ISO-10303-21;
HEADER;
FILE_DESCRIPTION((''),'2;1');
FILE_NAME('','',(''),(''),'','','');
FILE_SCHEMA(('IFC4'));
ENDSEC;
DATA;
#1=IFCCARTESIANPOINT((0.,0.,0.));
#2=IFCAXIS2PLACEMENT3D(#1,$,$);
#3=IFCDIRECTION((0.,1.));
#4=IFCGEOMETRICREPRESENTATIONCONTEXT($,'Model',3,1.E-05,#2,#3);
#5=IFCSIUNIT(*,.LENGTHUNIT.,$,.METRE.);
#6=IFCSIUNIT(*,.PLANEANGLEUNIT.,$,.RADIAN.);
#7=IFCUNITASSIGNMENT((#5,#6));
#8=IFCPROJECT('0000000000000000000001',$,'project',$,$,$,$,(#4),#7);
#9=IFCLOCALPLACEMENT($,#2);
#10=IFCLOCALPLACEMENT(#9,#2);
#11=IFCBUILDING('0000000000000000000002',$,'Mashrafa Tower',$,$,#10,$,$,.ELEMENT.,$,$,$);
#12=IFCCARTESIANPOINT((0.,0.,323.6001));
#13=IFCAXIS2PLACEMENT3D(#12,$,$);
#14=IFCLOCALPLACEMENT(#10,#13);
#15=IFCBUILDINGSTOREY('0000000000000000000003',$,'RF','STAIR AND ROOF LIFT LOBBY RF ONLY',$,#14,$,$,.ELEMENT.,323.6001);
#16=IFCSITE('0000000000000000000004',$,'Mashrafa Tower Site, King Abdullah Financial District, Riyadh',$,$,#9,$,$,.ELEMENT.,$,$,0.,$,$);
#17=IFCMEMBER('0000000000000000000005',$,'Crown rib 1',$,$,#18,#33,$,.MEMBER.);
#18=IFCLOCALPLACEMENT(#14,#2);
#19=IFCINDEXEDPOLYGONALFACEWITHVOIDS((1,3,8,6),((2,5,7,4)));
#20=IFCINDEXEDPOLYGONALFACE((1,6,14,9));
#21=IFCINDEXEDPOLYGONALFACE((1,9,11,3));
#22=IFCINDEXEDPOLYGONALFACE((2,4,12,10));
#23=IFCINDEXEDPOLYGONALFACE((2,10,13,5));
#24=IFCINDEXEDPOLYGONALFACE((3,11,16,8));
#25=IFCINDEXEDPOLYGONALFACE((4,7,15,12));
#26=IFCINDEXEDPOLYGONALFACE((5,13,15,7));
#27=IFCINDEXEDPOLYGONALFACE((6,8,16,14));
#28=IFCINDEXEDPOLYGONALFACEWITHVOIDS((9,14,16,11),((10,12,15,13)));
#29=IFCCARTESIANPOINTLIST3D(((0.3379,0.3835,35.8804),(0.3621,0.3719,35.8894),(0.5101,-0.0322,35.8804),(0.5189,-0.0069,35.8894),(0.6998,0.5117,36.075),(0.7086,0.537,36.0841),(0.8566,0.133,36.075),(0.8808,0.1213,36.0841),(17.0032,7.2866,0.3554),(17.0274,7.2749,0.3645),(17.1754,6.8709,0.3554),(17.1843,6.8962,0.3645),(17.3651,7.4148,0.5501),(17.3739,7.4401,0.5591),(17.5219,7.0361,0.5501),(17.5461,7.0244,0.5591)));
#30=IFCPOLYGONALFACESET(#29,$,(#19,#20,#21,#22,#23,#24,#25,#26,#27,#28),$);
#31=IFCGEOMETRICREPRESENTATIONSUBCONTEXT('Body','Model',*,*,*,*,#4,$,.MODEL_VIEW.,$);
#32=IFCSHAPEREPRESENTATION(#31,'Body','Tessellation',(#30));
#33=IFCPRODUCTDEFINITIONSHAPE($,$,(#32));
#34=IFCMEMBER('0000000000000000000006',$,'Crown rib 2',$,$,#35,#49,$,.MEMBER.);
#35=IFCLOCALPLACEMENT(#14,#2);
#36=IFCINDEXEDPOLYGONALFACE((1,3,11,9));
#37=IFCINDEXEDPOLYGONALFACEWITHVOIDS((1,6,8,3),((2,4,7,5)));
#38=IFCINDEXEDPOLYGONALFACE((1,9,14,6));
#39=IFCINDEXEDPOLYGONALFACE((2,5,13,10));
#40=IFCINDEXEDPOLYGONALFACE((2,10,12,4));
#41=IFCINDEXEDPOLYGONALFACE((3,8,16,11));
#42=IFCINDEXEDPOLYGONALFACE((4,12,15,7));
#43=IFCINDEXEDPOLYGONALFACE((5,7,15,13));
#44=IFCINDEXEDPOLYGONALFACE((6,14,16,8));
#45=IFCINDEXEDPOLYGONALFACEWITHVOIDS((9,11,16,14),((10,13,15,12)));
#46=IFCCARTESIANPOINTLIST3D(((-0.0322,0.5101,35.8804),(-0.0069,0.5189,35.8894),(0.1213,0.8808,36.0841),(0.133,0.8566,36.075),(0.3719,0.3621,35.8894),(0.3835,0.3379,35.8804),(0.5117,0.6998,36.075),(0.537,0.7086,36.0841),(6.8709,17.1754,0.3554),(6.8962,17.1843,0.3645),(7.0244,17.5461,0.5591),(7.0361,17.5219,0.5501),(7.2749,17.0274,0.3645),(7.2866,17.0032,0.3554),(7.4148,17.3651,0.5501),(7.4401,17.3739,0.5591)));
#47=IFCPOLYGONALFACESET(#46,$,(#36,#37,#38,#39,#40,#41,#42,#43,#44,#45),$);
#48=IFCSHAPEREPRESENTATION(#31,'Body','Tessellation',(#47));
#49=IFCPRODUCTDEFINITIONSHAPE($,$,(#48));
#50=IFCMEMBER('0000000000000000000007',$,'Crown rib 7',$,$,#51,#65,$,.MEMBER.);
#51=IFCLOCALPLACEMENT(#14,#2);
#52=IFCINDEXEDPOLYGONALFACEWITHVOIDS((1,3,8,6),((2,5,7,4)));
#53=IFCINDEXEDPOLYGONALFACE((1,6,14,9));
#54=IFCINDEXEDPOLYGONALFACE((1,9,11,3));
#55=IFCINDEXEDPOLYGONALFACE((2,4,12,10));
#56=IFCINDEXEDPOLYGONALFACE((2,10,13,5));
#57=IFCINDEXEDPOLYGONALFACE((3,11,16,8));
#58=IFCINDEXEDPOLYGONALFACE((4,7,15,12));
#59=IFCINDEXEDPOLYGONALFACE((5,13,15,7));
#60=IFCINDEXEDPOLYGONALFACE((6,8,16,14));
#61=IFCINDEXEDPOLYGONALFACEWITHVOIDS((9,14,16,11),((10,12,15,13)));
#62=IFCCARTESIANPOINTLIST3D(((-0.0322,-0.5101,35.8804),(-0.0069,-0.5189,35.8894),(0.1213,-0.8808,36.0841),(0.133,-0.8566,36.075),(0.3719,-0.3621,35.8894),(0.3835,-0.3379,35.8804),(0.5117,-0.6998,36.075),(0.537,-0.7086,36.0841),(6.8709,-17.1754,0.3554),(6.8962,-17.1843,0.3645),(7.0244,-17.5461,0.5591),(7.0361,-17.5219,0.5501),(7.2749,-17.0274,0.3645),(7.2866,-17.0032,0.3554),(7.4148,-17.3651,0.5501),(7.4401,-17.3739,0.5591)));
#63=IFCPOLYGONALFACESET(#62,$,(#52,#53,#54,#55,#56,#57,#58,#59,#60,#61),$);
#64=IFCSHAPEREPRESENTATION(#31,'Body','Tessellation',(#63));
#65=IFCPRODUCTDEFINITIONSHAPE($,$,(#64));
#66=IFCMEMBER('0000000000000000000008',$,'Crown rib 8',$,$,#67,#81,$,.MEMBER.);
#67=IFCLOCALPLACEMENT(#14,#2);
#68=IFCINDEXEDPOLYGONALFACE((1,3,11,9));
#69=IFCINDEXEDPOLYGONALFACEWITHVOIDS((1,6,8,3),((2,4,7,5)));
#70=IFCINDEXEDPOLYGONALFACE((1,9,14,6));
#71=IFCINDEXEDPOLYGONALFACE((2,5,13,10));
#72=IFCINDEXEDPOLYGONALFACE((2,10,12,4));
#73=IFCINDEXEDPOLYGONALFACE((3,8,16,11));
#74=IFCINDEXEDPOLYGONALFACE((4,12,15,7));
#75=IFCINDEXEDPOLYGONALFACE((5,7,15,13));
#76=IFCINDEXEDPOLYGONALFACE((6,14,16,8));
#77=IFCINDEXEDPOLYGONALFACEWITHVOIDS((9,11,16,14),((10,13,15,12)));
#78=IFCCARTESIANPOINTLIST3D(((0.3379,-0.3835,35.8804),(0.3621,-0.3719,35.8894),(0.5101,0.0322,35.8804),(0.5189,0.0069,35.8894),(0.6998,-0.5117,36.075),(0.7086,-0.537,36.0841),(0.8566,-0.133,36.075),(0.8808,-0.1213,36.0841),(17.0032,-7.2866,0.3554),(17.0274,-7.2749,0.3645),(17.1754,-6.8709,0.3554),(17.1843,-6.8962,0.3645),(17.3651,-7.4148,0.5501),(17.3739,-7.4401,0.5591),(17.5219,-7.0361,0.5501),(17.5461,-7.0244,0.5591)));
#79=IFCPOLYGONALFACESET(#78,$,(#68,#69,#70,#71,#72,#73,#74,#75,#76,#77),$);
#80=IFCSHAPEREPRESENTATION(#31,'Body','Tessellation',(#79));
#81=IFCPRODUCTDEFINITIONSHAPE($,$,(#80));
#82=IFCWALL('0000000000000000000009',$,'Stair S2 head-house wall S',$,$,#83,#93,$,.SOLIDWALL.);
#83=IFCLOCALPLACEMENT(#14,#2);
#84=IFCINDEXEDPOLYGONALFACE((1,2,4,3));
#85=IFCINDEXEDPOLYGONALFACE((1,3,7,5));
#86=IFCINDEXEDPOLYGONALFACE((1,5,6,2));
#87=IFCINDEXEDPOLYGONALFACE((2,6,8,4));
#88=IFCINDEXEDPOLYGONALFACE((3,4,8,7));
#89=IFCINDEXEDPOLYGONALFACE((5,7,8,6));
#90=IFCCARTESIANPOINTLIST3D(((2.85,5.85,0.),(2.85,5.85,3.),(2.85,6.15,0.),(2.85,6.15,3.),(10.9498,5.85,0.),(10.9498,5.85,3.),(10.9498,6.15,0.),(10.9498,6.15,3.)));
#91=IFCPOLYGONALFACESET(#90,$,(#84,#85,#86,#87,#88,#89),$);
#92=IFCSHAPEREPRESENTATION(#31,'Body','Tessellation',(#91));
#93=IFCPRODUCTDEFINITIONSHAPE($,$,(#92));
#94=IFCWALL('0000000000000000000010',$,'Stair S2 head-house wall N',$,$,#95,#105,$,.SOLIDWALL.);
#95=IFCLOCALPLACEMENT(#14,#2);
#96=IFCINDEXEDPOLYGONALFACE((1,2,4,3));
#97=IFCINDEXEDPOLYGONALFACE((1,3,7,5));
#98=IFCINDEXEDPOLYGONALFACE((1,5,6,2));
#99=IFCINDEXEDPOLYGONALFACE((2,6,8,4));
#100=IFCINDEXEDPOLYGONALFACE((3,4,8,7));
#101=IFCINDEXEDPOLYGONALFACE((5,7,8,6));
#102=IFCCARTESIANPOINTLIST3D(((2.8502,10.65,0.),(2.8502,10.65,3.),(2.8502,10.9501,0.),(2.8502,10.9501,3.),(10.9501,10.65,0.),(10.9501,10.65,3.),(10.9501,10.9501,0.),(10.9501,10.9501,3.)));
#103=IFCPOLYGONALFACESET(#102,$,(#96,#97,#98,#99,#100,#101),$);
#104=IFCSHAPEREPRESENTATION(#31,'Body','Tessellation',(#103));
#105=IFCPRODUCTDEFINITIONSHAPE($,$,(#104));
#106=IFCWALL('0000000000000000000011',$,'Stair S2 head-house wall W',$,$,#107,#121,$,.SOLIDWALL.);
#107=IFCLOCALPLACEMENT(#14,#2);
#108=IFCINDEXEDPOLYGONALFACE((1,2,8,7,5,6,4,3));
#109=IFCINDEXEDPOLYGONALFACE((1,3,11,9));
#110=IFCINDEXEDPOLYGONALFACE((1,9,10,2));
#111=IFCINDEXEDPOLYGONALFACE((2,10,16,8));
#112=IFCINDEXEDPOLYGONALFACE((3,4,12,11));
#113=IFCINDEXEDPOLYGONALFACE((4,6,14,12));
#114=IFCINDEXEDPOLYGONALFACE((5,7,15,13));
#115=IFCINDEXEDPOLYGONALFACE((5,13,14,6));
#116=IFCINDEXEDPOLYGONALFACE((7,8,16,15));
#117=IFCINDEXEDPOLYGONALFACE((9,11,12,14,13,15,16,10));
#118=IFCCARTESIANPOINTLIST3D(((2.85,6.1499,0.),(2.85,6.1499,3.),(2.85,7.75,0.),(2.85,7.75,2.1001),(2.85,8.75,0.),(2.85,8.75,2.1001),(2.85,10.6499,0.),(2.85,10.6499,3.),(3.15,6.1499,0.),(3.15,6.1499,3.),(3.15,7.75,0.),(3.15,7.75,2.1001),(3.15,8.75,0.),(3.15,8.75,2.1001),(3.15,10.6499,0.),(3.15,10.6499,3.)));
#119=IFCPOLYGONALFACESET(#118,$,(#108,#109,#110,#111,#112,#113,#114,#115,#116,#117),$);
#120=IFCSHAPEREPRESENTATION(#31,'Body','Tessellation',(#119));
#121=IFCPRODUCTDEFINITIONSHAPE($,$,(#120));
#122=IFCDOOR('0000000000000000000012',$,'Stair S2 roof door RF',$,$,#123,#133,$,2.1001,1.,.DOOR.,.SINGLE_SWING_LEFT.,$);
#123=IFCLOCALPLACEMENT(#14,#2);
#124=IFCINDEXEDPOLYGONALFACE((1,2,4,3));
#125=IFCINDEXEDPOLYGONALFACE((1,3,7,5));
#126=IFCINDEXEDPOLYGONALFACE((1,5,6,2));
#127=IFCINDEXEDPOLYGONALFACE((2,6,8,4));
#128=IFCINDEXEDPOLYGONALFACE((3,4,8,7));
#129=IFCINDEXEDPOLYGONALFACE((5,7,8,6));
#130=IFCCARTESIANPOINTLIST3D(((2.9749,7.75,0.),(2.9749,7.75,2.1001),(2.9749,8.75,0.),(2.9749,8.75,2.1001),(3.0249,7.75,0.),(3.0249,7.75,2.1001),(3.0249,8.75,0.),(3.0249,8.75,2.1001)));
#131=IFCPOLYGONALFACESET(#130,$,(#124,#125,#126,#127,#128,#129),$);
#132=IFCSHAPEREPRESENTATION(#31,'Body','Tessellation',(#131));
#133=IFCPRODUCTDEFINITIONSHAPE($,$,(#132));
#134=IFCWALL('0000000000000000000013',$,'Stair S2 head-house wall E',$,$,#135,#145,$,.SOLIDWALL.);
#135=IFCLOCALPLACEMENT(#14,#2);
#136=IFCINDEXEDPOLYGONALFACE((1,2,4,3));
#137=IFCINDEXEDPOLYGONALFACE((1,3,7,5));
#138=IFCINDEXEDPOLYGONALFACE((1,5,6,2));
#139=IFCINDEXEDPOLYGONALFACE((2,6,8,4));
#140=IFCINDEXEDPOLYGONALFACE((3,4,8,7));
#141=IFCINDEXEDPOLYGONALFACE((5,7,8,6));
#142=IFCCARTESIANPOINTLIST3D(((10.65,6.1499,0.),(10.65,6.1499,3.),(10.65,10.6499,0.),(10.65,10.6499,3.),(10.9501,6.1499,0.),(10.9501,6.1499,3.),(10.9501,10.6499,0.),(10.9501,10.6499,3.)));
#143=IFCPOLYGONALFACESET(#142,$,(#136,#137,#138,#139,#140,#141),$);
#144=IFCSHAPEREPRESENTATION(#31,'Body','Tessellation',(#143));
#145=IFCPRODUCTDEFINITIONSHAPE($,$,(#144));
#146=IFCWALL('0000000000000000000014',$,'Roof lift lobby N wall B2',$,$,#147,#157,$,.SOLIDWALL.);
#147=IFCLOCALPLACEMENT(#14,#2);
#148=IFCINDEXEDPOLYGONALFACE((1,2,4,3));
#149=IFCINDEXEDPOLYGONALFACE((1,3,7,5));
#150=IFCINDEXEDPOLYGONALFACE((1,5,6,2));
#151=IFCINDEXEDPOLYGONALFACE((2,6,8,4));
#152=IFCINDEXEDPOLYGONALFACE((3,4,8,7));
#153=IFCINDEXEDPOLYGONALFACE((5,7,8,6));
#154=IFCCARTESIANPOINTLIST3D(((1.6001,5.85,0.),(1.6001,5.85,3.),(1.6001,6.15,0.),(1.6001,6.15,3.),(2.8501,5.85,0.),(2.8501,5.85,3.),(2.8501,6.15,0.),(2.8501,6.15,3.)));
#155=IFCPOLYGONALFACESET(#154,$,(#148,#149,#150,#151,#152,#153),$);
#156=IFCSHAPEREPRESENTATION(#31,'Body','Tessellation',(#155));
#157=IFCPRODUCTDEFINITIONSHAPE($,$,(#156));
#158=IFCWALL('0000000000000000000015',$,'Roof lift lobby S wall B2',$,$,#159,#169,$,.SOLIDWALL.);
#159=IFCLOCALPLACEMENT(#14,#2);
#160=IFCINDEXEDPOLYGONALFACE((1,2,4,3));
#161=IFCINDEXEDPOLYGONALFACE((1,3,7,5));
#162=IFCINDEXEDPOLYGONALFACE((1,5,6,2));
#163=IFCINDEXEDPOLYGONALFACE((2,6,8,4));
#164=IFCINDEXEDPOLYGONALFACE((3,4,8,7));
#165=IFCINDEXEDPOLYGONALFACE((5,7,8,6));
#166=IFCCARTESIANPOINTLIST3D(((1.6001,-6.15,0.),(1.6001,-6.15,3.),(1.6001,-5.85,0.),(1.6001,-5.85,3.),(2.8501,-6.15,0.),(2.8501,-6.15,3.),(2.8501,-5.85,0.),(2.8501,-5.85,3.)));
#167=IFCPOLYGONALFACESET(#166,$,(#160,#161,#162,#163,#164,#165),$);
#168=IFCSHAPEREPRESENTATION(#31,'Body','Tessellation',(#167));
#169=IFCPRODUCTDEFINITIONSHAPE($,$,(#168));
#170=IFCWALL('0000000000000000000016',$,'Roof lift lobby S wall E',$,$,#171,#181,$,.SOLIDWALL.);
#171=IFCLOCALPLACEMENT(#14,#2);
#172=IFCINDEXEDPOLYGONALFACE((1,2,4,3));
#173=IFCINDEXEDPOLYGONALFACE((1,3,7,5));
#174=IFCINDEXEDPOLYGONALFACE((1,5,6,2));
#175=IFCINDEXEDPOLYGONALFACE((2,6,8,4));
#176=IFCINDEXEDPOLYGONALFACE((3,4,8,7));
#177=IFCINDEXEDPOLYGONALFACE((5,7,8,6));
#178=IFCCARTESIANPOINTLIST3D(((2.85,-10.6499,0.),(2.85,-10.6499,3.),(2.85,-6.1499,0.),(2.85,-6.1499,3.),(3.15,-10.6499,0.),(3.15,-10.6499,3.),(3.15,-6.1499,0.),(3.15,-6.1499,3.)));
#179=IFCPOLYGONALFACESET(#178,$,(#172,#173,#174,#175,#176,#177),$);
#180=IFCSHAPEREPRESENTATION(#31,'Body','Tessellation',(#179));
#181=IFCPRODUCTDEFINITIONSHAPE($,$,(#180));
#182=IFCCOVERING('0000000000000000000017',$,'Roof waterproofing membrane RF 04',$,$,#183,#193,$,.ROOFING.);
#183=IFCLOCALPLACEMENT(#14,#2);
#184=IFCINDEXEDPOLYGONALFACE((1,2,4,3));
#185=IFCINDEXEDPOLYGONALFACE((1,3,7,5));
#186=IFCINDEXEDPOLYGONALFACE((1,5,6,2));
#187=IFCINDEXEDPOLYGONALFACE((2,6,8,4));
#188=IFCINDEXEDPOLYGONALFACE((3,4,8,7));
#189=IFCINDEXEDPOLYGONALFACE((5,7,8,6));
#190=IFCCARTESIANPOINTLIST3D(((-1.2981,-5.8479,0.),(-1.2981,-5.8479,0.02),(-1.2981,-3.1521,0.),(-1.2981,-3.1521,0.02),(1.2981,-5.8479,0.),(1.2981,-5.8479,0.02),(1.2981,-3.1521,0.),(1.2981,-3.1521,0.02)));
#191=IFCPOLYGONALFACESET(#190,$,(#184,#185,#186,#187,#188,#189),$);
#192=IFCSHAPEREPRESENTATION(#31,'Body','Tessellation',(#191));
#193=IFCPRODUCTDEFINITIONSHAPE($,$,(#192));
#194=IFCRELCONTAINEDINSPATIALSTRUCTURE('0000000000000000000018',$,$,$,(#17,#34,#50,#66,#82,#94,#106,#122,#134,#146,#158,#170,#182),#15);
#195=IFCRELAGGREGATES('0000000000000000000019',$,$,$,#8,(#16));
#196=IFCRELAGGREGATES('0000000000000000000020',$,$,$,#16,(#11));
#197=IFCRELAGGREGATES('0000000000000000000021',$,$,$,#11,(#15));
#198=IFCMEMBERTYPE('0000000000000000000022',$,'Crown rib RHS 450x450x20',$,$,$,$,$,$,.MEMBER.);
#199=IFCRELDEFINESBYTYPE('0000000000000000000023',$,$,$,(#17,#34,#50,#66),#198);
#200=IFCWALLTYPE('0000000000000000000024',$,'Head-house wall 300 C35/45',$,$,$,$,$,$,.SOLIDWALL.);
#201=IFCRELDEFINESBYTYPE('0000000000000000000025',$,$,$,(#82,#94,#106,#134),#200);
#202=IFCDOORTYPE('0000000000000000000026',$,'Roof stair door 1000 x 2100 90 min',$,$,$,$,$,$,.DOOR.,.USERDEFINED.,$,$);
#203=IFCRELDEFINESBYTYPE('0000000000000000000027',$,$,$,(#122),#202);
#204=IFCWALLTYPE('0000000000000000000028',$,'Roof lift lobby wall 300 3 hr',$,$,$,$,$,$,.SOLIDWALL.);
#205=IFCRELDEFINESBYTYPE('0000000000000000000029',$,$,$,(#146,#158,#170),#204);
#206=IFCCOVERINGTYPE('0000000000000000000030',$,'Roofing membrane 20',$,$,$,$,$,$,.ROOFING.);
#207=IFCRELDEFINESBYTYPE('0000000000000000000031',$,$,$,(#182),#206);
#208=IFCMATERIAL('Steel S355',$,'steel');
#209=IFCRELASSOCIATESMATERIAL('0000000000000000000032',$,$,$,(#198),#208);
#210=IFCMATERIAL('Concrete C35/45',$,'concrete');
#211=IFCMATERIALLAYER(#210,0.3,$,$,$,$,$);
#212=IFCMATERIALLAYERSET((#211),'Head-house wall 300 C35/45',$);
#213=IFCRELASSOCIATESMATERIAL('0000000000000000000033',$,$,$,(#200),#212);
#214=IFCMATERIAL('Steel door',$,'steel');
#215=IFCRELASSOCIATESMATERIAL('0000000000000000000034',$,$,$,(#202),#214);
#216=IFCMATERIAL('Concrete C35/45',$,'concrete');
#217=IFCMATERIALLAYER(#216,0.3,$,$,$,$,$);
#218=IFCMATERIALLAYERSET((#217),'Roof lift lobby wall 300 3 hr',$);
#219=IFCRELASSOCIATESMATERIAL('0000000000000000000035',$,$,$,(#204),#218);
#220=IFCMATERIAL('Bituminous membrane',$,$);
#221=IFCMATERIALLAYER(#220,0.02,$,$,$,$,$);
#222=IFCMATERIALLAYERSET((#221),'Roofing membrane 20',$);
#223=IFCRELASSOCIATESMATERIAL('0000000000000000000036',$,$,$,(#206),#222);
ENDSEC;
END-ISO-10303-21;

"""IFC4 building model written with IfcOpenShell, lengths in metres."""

from ifc_helpers import new_model, si_unit, direction, frame, frame_2d, origin, origin_2d, place, context, subcontext, project, spatial, polyline, rectangle, hollow_rectangle, outline, extrude, source, transform, mapped, material, layer, layer_set, material_profile, profile_set, type_object, type_shapes, element, fill, save


model = new_model("IFC4")

# Units and contexts
model_context = context("Model", 3, precision=1e-05, world=origin(), true_north=direction((0.0, 1.0)))
body_context = subcontext(model_context, "Body", "Model", "MODEL_VIEW")
ifc_project = project(units=[si_unit("LENGTHUNIT", "METRE"), si_unit("PLANEANGLEUNIT", "RADIAN")], contexts=[model_context])

# Site, building, storey
site_placement = place(None, origin())
site = spatial("IfcSite", under=ifc_project, at=site_placement, Name="Mashrafa Tower Site, King Abdullah Financial District, Riyadh", CompositionType="ELEMENT", RefElevation=0.0)
building_placement = place(site_placement, origin())
building = spatial("IfcBuilding", under=site, at=building_placement, Name="Mashrafa Tower", CompositionType="ELEMENT")
storey_placement = place(building_placement, frame((0.0, 0.0, 323.6001)))
storey = spatial("IfcBuildingStorey", under=building, at=storey_placement, Name="RF", Description="STAIR AND ROOF LIFT LOBBY RF ONLY", CompositionType="ELEMENT", Elevation=323.6001)

# Members
ifc_material_1 = material(Name="Steel S355", Category="steel")
ifc_material_profile_1 = material_profile(ifc_material_1, hollow_rectangle(XDim=0.45, YDim=0.45, WallThickness=0.02, at=origin_2d()), Name="RHS 450x450x20")
ifc_profile_set_1 = profile_set([ifc_material_profile_1], Name="Steel S355")
member_type = type_object("IfcMemberType", Name="Crown rib RHS 450x450x20", PredefinedType="MEMBER", material=ifc_profile_set_1)
shared_shape_1 = source(origin(), body_context, "Body", "SweptSolid", [
    extrude(hollow_rectangle(XDim=0.45, YDim=0.45, WallThickness=0.02, at=origin_2d()), origin(), (0.0, 0.0, 1.0), 39.8423),
])
type_shapes(member_type, [shared_shape_1])
for number, where, z_axis, x_axis, name in (
    (1, (17.2747, 7.1555, 0.4573), (-0.418282, -0.17326, 0.89164), (0.382688, -0.923878, 0.0), "Crown rib 1"),
    (2, (7.1555, 17.2747, 0.4573), (-0.17326, -0.418282, 0.89164), (0.923878, -0.382688, 0.0), "Crown rib 2"),
    (3, (7.1555, -17.2747, 0.4573), (-0.17326, 0.418282, 0.89164), (-0.923878, -0.382688, 0.0), "Crown rib 7"),
    (4, (17.2747, -7.1555, 0.4573), (-0.418282, 0.17326, 0.89164), (-0.382688, -0.923878, 0.0), "Crown rib 8"),
):
    element("IfcMember", number, at=place(storey_placement, frame(where, z_axis=z_axis, x_axis=x_axis)), inside=storey, type_object=member_type, Name=name, PredefinedType="MEMBER", context=body_context, shape_type="MappedRepresentation", body=[
        mapped(shared_shape_1, transform((0.0, 0.0, 0.0))),
    ])

# Walls
ifc_material_2 = material(Name="Concrete C35/45", Category="concrete")
ifc_layer_1 = layer(ifc_material_2, 0.3)
ifc_layer_set_1 = layer_set([ifc_layer_1], Name="Head-house wall 300 C35/45")
wall_type_1 = type_object("IfcWallType", Name="Head-house wall 300 C35/45", PredefinedType="SOLIDWALL", material=ifc_layer_set_1)
for number, where, z_axis, x_axis, name in (
    (5, (2.8501, 6.0, 0.0), (0.0, 0.0, 1.0), (1.0, 0.0, 0.0), "Stair S2 head-house wall S"),
    (6, (10.95, 10.8, 0.0), (0.0, 0.0, 1.0), (-1.0, 0.0, 0.0), "Stair S2 head-house wall N"),
):
    element("IfcWall", number, at=place(storey_placement, frame(where, z_axis=z_axis, x_axis=x_axis)), inside=storey, type_object=wall_type_1, Name=name, PredefinedType="SOLIDWALL", context=body_context, shape_type="SweptSolid", body=[
        extrude(rectangle(XDim=8.0999, YDim=0.3, at=frame_2d((4.0498, 0.0))), origin(), (0.0, 0.0, 1.0), 3.0),
    ])

# Wall, opening, door
wall_1_placement = place(storey_placement, frame((3.0, 10.6499, 0.0), z_axis=(0.0, 0.0, 1.0), x_axis=(0.0, -1.0, 0.0)))
wall_1 = element("IfcWall", 7, at=wall_1_placement, inside=storey, type_object=wall_type_1, Name="Stair S2 head-house wall W", PredefinedType="SOLIDWALL", context=body_context, shape_type="SweptSolid", body=[
    extrude(rectangle(XDim=4.5, YDim=0.3, at=frame_2d((2.25, 0.0))), origin(), (0.0, 0.0, 1.0), 3.0),
])
opening_placement = place(wall_1_placement, frame((1.8999, 0.0, 0.0)))
opening = element("IfcOpeningElement", 8, at=opening_placement, cuts=wall_1, PredefinedType="OPENING", context=body_context, shape_type="SweptSolid", body=[
    extrude(rectangle(XDim=1.0, YDim=2.1001, at=frame_2d((0.5, 1.05))), frame((0.0, 0.1599, 0.0), z_axis=(0.0, -1.0, 0.0), x_axis=(1.0, 0.0, 0.0)), (0.0, 0.0, 1.0), 0.3201),
])
ifc_material_3 = material(Name="Steel door", Category="steel")
door_type = type_object("IfcDoorType", Name="Roof stair door 1000 x 2100 90 min", OperationType="USERDEFINED", PredefinedType="DOOR", material=ifc_material_3)
door_placement = place(opening_placement, origin())
door = element("IfcDoor", 9, at=door_placement, inside=storey, type_object=door_type, Name="Stair S2 roof door RF", OperationType="SINGLE_SWING_LEFT", OverallHeight=2.1001, OverallWidth=1.0, PredefinedType="DOOR", context=body_context, shape_type="SweptSolid", body=[
    extrude(rectangle(XDim=1.0, YDim=2.1001, at=frame_2d((0.5, 1.05))), frame((0.0, 0.0249, 0.0), z_axis=(0.0, -1.0, 0.0), x_axis=(1.0, 0.0, 0.0)), (0.0, 0.0, 1.0), 0.05),
])
fill(opening, door)

# Walls
wall_2_placement = place(storey_placement, frame((10.8, 6.1499, 0.0), z_axis=(0.0, 0.0, 1.0), x_axis=(0.0, 1.0, 0.0)))
element("IfcWall", 10, at=wall_2_placement, inside=storey, type_object=wall_type_1, Name="Stair S2 head-house wall E", PredefinedType="SOLIDWALL", context=body_context, shape_type="SweptSolid", body=[
    extrude(rectangle(XDim=4.5, YDim=0.3, at=frame_2d((2.25, 0.0))), origin(), (0.0, 0.0, 1.0), 3.0),
])
ifc_material_4 = material(Name="Concrete C35/45", Category="concrete")
ifc_layer_2 = layer(ifc_material_4, 0.3)
ifc_layer_set_2 = layer_set([ifc_layer_2], Name="Roof lift lobby wall 300 3 hr")
wall_type_2 = type_object("IfcWallType", Name="Roof lift lobby wall 300 3 hr", PredefinedType="SOLIDWALL", material=ifc_layer_set_2)
for number, where, z_axis, x_axis, name in (
    (11, (1.6001, 6.0, 0.0), (0.0, 0.0, 1.0), (1.0, 0.0, 0.0), "Roof lift lobby N wall B2"),
    (12, (1.6001, -6.0, 0.0), (0.0, 0.0, 1.0), (1.0, 0.0, 0.0), "Roof lift lobby S wall B2"),
):
    element("IfcWall", number, at=place(storey_placement, frame(where, z_axis=z_axis, x_axis=x_axis)), inside=storey, type_object=wall_type_2, Name=name, PredefinedType="SOLIDWALL", context=body_context, shape_type="SweptSolid", body=[
        extrude(rectangle(XDim=1.25, YDim=0.3, at=frame_2d((0.625, 0.0))), origin(), (0.0, 0.0, 1.0), 3.0),
    ])
wall_3_placement = place(storey_placement, frame((3.0, -6.1499, 0.0), z_axis=(0.0, 0.0, 1.0), x_axis=(0.0, -1.0, 0.0)))
element("IfcWall", 13, at=wall_3_placement, inside=storey, type_object=wall_type_2, Name="Roof lift lobby S wall E", PredefinedType="SOLIDWALL", context=body_context, shape_type="SweptSolid", body=[
    extrude(rectangle(XDim=4.5, YDim=0.3, at=frame_2d((2.25, 0.0))), origin(), (0.0, 0.0, 1.0), 3.0),
])

# Covering
ifc_material_5 = material(Name="Bituminous membrane")
ifc_layer_3 = layer(ifc_material_5, 0.02)
ifc_layer_set_3 = layer_set([ifc_layer_3], Name="Roofing membrane 20")
covering_type = type_object("IfcCoveringType", Name="Roofing membrane 20", PredefinedType="ROOFING", material=ifc_layer_set_3)
covering_1_placement = place(storey_placement, origin())
element("IfcCovering", 14, at=covering_1_placement, inside=storey, type_object=covering_type, Name="Roof waterproofing membrane RF 04", PredefinedType="ROOFING", context=body_context, shape_type="SweptSolid", body=[
    extrude(outline(polyline([(1.2981, -3.1521), (-1.2981, -3.1521), (-1.2981, -5.8479), (1.2981, -5.8479), (1.2981, -3.1521)])), origin(), (0.0, 0.0, 1.0), 0.02),
])

save(model, "model.ifc")
